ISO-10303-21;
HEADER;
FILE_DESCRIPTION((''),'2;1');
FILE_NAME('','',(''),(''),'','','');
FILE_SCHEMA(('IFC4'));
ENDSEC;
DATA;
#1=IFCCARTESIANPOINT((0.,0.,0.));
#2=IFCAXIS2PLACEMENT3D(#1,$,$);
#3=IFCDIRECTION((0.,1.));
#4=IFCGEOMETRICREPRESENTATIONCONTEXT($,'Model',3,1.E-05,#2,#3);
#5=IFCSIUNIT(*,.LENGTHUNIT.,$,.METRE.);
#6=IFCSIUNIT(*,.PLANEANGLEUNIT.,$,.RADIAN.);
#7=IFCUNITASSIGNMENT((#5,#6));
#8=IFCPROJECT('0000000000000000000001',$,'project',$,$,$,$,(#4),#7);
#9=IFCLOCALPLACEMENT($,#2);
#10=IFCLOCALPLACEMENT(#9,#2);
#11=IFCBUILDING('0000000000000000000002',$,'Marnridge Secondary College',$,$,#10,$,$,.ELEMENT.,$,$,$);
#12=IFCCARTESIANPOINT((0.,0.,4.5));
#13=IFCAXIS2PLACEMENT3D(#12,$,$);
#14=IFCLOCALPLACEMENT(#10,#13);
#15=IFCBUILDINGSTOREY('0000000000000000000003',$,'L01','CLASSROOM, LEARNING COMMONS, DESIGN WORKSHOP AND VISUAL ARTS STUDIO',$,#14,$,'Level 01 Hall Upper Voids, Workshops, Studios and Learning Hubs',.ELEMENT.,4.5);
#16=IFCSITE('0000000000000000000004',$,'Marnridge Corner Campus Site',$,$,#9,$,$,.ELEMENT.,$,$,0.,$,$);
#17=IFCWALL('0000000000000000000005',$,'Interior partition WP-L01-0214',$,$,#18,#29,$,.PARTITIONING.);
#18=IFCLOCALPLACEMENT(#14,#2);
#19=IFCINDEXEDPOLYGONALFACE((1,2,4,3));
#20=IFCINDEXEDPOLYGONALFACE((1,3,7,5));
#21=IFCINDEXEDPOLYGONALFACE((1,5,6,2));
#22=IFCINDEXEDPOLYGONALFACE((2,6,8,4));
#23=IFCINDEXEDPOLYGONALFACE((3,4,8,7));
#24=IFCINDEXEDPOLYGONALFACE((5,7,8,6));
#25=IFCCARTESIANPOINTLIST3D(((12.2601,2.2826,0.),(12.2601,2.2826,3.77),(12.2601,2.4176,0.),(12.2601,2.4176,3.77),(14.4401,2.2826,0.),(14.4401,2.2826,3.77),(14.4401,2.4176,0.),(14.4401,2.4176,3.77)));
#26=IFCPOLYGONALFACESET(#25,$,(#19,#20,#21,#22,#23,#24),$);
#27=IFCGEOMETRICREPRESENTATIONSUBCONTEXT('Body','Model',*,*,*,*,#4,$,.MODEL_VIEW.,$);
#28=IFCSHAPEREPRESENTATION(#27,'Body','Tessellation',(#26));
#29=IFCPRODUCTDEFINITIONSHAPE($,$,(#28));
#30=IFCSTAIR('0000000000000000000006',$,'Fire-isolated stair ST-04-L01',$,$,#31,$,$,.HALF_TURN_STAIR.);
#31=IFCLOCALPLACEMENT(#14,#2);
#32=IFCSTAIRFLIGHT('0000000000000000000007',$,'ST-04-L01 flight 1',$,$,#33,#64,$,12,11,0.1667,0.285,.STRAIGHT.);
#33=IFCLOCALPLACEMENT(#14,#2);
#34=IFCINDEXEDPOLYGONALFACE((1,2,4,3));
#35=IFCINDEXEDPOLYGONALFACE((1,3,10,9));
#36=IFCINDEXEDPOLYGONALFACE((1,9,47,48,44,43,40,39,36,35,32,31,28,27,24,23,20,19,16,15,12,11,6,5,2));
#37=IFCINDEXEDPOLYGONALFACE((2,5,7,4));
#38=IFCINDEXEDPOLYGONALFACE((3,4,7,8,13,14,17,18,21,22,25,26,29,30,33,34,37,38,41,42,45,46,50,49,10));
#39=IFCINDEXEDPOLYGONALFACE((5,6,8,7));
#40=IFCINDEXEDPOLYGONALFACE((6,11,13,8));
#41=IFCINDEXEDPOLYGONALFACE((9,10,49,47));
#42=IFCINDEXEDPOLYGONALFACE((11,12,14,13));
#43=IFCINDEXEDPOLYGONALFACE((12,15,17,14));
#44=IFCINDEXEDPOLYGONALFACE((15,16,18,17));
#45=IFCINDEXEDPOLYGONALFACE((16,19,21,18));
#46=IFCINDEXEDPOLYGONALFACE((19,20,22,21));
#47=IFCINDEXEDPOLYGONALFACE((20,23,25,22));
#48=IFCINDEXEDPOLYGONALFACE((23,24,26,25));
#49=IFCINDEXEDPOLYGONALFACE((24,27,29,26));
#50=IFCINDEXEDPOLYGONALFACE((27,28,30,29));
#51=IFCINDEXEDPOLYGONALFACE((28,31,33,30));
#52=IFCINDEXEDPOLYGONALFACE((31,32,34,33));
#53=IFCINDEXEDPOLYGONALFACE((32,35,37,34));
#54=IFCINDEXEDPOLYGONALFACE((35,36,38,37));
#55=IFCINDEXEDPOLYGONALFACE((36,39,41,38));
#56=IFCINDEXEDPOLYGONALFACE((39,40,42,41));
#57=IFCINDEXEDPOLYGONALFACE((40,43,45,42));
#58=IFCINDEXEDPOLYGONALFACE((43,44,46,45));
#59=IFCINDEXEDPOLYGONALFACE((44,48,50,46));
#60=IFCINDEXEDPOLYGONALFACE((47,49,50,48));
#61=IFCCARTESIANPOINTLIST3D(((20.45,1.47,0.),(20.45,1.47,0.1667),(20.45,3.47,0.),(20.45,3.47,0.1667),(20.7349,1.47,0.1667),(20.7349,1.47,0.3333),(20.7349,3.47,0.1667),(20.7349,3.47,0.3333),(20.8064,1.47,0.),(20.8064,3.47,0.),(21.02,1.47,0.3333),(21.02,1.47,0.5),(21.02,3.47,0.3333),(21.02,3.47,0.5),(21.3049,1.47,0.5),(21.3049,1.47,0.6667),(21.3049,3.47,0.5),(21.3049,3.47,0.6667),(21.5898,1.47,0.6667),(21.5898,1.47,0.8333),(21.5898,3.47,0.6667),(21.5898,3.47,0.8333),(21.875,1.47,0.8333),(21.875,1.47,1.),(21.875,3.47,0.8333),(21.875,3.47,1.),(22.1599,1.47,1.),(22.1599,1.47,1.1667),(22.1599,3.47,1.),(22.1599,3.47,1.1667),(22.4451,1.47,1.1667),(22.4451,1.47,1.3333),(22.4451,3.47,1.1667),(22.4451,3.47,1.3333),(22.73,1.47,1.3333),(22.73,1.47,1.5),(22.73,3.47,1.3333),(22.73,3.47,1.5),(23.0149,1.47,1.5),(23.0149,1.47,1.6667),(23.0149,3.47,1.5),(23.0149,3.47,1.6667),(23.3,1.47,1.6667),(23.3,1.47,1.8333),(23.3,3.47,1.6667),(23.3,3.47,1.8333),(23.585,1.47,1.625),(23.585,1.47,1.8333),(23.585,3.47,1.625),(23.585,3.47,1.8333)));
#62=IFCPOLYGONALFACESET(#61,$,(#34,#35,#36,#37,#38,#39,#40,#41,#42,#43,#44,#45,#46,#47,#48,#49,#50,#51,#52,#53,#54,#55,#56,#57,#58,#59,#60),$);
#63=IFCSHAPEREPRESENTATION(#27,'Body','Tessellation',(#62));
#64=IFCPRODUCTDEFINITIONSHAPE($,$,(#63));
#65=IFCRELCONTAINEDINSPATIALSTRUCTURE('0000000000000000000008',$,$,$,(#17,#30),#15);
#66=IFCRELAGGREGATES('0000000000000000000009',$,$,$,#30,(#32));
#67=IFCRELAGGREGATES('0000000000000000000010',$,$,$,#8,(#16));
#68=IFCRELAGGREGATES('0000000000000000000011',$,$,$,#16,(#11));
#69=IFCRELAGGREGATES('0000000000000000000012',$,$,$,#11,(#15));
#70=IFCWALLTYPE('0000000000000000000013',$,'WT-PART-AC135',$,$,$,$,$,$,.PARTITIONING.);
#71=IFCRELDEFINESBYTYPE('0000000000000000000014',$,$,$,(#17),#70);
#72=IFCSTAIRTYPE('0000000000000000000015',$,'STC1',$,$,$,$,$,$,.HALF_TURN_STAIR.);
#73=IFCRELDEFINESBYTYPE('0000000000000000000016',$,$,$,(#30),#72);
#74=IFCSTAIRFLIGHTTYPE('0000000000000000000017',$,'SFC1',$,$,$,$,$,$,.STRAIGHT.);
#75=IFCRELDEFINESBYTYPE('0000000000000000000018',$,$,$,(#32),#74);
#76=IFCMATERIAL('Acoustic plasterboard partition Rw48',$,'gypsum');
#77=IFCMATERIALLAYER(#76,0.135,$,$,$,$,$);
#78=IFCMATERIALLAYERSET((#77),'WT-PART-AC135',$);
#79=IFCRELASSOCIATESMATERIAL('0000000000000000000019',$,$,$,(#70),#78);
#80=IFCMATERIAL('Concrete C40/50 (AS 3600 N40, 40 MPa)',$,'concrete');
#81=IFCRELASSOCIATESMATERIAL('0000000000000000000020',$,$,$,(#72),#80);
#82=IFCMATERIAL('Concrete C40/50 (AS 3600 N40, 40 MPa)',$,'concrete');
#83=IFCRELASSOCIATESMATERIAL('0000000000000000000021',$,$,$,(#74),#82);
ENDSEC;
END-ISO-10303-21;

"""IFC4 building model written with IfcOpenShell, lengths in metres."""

from ifc_helpers import new_model, si_unit, direction, frame, frame_2d, origin, place, context, subcontext, project, spatial, polyline, rectangle, outline, extrude, material, layer, layer_set, type_object, element, aggregate, save


model = new_model("IFC4")

# Units and contexts
model_context = context("Model", 3, precision=1e-05, world=origin(), true_north=direction((0.0, 1.0)))
body_context = subcontext(model_context, "Body", "Model", "MODEL_VIEW")
ifc_project = project(units=[si_unit("LENGTHUNIT", "METRE"), si_unit("PLANEANGLEUNIT", "RADIAN")], contexts=[model_context])

# Site, building, storey
site_placement = place(None, origin())
site = spatial("IfcSite", under=ifc_project, at=site_placement, Name="Marnridge Corner Campus Site", CompositionType="ELEMENT", RefElevation=0.0)
building_placement = place(site_placement, origin())
building = spatial("IfcBuilding", under=site, at=building_placement, Name="Marnridge Secondary College", CompositionType="ELEMENT")
storey_placement = place(building_placement, frame((0.0, 0.0, 4.5)))
storey = spatial("IfcBuildingStorey", under=building, at=storey_placement, Name="L01", Description="CLASSROOM, LEARNING COMMONS, DESIGN WORKSHOP AND VISUAL ARTS STUDIO", LongName="Level 01 Hall Upper Voids, Workshops, Studios and Learning Hubs", CompositionType="ELEMENT", Elevation=4.5)

# Wall
ifc_material_1 = material(Name="Acoustic plasterboard partition Rw48", Category="gypsum")
ifc_layer_1 = layer(ifc_material_1, 0.135)
ifc_layer_set_1 = layer_set([ifc_layer_1], Name="WT-PART-AC135")
wall_type_1 = type_object("IfcWallType", Name="WT-PART-AC135", PredefinedType="PARTITIONING", material=ifc_layer_set_1)
wall_1_placement = place(storey_placement, frame((14.4399, 2.3501, 0.0), z_axis=(0.0, 0.0, 1.0), x_axis=(-1.0, 0.0, 0.0)))
element("IfcWall", 1, at=wall_1_placement, inside=storey, type_object=wall_type_1, Name="Interior partition WP-L01-0214", PredefinedType="PARTITIONING", context=body_context, shape_type="SweptSolid", body=[
    extrude(rectangle(XDim=2.1799, YDim=0.135, at=frame_2d((1.0898, 0.0))), origin(), (0.0, 0.0, 1.0), 3.77),
])

# Stair, stair flight
ifc_material_2 = material(Name="Concrete C40/50 (AS 3600 N40, 40 MPa)", Category="concrete")
stair_type = type_object("IfcStairType", Name="STC1", PredefinedType="HALF_TURN_STAIR", material=ifc_material_2)
stair_placement = place(storey_placement, origin())
stair = element("IfcStair", 2, at=stair_placement, inside=storey, type_object=stair_type, Name="Fire-isolated stair ST-04-L01", PredefinedType="HALF_TURN_STAIR")
ifc_material_3 = material(Name="Concrete C40/50 (AS 3600 N40, 40 MPa)", Category="concrete")
stair_flight_type = type_object("IfcStairFlightType", Name="SFC1", PredefinedType="STRAIGHT", material=ifc_material_3)
stair_flight_placement = place(storey_placement, frame((20.45, 2.47, 0.0), z_axis=(0.0, 0.0, 1.0), x_axis=(1.0, 0.0, 0.0)))
stair_flight = element("IfcStairFlight", 3, at=stair_flight_placement, type_object=stair_flight_type, Name="ST-04-L01 flight 1", NumberOfRisers=12, NumberOfTreads=11, PredefinedType="STRAIGHT", RiserHeight=0.1667, TreadLength=0.285, context=body_context, shape_type="SweptSolid", body=[
    extrude(outline(polyline([(0.0, 0.0), (0.0, 0.1667), (0.2849, 0.1667), (0.2849, 0.3333), (0.5701, 0.3333), (0.5701, 0.5), (0.855, 0.5), (0.855, 0.6667), (1.1399, 0.6667), (1.1399, 0.8333), (1.425, 0.8333), (1.425, 1.0), (1.71, 1.0), (1.71, 1.1667), (1.9951, 1.1667), (1.9951, 1.3333), (2.28, 1.3333), (2.28, 1.5), (2.5649, 1.5), (2.5649, 1.6667), (2.8501, 1.6667), (2.8501, 1.8333), (3.135, 1.8333), (3.135, 2.0), (3.135, 1.625), (0.3564, 0.0), (0.0, 0.0)])), frame((0.0, 1.0, 0.0), z_axis=(0.0, -1.0, 0.0), x_axis=(1.0, 0.0, 0.0)), (0.0, 0.0, 1.0), 2.0),
])
aggregate(stair, [stair_flight])

save(model, "model.ifc")
